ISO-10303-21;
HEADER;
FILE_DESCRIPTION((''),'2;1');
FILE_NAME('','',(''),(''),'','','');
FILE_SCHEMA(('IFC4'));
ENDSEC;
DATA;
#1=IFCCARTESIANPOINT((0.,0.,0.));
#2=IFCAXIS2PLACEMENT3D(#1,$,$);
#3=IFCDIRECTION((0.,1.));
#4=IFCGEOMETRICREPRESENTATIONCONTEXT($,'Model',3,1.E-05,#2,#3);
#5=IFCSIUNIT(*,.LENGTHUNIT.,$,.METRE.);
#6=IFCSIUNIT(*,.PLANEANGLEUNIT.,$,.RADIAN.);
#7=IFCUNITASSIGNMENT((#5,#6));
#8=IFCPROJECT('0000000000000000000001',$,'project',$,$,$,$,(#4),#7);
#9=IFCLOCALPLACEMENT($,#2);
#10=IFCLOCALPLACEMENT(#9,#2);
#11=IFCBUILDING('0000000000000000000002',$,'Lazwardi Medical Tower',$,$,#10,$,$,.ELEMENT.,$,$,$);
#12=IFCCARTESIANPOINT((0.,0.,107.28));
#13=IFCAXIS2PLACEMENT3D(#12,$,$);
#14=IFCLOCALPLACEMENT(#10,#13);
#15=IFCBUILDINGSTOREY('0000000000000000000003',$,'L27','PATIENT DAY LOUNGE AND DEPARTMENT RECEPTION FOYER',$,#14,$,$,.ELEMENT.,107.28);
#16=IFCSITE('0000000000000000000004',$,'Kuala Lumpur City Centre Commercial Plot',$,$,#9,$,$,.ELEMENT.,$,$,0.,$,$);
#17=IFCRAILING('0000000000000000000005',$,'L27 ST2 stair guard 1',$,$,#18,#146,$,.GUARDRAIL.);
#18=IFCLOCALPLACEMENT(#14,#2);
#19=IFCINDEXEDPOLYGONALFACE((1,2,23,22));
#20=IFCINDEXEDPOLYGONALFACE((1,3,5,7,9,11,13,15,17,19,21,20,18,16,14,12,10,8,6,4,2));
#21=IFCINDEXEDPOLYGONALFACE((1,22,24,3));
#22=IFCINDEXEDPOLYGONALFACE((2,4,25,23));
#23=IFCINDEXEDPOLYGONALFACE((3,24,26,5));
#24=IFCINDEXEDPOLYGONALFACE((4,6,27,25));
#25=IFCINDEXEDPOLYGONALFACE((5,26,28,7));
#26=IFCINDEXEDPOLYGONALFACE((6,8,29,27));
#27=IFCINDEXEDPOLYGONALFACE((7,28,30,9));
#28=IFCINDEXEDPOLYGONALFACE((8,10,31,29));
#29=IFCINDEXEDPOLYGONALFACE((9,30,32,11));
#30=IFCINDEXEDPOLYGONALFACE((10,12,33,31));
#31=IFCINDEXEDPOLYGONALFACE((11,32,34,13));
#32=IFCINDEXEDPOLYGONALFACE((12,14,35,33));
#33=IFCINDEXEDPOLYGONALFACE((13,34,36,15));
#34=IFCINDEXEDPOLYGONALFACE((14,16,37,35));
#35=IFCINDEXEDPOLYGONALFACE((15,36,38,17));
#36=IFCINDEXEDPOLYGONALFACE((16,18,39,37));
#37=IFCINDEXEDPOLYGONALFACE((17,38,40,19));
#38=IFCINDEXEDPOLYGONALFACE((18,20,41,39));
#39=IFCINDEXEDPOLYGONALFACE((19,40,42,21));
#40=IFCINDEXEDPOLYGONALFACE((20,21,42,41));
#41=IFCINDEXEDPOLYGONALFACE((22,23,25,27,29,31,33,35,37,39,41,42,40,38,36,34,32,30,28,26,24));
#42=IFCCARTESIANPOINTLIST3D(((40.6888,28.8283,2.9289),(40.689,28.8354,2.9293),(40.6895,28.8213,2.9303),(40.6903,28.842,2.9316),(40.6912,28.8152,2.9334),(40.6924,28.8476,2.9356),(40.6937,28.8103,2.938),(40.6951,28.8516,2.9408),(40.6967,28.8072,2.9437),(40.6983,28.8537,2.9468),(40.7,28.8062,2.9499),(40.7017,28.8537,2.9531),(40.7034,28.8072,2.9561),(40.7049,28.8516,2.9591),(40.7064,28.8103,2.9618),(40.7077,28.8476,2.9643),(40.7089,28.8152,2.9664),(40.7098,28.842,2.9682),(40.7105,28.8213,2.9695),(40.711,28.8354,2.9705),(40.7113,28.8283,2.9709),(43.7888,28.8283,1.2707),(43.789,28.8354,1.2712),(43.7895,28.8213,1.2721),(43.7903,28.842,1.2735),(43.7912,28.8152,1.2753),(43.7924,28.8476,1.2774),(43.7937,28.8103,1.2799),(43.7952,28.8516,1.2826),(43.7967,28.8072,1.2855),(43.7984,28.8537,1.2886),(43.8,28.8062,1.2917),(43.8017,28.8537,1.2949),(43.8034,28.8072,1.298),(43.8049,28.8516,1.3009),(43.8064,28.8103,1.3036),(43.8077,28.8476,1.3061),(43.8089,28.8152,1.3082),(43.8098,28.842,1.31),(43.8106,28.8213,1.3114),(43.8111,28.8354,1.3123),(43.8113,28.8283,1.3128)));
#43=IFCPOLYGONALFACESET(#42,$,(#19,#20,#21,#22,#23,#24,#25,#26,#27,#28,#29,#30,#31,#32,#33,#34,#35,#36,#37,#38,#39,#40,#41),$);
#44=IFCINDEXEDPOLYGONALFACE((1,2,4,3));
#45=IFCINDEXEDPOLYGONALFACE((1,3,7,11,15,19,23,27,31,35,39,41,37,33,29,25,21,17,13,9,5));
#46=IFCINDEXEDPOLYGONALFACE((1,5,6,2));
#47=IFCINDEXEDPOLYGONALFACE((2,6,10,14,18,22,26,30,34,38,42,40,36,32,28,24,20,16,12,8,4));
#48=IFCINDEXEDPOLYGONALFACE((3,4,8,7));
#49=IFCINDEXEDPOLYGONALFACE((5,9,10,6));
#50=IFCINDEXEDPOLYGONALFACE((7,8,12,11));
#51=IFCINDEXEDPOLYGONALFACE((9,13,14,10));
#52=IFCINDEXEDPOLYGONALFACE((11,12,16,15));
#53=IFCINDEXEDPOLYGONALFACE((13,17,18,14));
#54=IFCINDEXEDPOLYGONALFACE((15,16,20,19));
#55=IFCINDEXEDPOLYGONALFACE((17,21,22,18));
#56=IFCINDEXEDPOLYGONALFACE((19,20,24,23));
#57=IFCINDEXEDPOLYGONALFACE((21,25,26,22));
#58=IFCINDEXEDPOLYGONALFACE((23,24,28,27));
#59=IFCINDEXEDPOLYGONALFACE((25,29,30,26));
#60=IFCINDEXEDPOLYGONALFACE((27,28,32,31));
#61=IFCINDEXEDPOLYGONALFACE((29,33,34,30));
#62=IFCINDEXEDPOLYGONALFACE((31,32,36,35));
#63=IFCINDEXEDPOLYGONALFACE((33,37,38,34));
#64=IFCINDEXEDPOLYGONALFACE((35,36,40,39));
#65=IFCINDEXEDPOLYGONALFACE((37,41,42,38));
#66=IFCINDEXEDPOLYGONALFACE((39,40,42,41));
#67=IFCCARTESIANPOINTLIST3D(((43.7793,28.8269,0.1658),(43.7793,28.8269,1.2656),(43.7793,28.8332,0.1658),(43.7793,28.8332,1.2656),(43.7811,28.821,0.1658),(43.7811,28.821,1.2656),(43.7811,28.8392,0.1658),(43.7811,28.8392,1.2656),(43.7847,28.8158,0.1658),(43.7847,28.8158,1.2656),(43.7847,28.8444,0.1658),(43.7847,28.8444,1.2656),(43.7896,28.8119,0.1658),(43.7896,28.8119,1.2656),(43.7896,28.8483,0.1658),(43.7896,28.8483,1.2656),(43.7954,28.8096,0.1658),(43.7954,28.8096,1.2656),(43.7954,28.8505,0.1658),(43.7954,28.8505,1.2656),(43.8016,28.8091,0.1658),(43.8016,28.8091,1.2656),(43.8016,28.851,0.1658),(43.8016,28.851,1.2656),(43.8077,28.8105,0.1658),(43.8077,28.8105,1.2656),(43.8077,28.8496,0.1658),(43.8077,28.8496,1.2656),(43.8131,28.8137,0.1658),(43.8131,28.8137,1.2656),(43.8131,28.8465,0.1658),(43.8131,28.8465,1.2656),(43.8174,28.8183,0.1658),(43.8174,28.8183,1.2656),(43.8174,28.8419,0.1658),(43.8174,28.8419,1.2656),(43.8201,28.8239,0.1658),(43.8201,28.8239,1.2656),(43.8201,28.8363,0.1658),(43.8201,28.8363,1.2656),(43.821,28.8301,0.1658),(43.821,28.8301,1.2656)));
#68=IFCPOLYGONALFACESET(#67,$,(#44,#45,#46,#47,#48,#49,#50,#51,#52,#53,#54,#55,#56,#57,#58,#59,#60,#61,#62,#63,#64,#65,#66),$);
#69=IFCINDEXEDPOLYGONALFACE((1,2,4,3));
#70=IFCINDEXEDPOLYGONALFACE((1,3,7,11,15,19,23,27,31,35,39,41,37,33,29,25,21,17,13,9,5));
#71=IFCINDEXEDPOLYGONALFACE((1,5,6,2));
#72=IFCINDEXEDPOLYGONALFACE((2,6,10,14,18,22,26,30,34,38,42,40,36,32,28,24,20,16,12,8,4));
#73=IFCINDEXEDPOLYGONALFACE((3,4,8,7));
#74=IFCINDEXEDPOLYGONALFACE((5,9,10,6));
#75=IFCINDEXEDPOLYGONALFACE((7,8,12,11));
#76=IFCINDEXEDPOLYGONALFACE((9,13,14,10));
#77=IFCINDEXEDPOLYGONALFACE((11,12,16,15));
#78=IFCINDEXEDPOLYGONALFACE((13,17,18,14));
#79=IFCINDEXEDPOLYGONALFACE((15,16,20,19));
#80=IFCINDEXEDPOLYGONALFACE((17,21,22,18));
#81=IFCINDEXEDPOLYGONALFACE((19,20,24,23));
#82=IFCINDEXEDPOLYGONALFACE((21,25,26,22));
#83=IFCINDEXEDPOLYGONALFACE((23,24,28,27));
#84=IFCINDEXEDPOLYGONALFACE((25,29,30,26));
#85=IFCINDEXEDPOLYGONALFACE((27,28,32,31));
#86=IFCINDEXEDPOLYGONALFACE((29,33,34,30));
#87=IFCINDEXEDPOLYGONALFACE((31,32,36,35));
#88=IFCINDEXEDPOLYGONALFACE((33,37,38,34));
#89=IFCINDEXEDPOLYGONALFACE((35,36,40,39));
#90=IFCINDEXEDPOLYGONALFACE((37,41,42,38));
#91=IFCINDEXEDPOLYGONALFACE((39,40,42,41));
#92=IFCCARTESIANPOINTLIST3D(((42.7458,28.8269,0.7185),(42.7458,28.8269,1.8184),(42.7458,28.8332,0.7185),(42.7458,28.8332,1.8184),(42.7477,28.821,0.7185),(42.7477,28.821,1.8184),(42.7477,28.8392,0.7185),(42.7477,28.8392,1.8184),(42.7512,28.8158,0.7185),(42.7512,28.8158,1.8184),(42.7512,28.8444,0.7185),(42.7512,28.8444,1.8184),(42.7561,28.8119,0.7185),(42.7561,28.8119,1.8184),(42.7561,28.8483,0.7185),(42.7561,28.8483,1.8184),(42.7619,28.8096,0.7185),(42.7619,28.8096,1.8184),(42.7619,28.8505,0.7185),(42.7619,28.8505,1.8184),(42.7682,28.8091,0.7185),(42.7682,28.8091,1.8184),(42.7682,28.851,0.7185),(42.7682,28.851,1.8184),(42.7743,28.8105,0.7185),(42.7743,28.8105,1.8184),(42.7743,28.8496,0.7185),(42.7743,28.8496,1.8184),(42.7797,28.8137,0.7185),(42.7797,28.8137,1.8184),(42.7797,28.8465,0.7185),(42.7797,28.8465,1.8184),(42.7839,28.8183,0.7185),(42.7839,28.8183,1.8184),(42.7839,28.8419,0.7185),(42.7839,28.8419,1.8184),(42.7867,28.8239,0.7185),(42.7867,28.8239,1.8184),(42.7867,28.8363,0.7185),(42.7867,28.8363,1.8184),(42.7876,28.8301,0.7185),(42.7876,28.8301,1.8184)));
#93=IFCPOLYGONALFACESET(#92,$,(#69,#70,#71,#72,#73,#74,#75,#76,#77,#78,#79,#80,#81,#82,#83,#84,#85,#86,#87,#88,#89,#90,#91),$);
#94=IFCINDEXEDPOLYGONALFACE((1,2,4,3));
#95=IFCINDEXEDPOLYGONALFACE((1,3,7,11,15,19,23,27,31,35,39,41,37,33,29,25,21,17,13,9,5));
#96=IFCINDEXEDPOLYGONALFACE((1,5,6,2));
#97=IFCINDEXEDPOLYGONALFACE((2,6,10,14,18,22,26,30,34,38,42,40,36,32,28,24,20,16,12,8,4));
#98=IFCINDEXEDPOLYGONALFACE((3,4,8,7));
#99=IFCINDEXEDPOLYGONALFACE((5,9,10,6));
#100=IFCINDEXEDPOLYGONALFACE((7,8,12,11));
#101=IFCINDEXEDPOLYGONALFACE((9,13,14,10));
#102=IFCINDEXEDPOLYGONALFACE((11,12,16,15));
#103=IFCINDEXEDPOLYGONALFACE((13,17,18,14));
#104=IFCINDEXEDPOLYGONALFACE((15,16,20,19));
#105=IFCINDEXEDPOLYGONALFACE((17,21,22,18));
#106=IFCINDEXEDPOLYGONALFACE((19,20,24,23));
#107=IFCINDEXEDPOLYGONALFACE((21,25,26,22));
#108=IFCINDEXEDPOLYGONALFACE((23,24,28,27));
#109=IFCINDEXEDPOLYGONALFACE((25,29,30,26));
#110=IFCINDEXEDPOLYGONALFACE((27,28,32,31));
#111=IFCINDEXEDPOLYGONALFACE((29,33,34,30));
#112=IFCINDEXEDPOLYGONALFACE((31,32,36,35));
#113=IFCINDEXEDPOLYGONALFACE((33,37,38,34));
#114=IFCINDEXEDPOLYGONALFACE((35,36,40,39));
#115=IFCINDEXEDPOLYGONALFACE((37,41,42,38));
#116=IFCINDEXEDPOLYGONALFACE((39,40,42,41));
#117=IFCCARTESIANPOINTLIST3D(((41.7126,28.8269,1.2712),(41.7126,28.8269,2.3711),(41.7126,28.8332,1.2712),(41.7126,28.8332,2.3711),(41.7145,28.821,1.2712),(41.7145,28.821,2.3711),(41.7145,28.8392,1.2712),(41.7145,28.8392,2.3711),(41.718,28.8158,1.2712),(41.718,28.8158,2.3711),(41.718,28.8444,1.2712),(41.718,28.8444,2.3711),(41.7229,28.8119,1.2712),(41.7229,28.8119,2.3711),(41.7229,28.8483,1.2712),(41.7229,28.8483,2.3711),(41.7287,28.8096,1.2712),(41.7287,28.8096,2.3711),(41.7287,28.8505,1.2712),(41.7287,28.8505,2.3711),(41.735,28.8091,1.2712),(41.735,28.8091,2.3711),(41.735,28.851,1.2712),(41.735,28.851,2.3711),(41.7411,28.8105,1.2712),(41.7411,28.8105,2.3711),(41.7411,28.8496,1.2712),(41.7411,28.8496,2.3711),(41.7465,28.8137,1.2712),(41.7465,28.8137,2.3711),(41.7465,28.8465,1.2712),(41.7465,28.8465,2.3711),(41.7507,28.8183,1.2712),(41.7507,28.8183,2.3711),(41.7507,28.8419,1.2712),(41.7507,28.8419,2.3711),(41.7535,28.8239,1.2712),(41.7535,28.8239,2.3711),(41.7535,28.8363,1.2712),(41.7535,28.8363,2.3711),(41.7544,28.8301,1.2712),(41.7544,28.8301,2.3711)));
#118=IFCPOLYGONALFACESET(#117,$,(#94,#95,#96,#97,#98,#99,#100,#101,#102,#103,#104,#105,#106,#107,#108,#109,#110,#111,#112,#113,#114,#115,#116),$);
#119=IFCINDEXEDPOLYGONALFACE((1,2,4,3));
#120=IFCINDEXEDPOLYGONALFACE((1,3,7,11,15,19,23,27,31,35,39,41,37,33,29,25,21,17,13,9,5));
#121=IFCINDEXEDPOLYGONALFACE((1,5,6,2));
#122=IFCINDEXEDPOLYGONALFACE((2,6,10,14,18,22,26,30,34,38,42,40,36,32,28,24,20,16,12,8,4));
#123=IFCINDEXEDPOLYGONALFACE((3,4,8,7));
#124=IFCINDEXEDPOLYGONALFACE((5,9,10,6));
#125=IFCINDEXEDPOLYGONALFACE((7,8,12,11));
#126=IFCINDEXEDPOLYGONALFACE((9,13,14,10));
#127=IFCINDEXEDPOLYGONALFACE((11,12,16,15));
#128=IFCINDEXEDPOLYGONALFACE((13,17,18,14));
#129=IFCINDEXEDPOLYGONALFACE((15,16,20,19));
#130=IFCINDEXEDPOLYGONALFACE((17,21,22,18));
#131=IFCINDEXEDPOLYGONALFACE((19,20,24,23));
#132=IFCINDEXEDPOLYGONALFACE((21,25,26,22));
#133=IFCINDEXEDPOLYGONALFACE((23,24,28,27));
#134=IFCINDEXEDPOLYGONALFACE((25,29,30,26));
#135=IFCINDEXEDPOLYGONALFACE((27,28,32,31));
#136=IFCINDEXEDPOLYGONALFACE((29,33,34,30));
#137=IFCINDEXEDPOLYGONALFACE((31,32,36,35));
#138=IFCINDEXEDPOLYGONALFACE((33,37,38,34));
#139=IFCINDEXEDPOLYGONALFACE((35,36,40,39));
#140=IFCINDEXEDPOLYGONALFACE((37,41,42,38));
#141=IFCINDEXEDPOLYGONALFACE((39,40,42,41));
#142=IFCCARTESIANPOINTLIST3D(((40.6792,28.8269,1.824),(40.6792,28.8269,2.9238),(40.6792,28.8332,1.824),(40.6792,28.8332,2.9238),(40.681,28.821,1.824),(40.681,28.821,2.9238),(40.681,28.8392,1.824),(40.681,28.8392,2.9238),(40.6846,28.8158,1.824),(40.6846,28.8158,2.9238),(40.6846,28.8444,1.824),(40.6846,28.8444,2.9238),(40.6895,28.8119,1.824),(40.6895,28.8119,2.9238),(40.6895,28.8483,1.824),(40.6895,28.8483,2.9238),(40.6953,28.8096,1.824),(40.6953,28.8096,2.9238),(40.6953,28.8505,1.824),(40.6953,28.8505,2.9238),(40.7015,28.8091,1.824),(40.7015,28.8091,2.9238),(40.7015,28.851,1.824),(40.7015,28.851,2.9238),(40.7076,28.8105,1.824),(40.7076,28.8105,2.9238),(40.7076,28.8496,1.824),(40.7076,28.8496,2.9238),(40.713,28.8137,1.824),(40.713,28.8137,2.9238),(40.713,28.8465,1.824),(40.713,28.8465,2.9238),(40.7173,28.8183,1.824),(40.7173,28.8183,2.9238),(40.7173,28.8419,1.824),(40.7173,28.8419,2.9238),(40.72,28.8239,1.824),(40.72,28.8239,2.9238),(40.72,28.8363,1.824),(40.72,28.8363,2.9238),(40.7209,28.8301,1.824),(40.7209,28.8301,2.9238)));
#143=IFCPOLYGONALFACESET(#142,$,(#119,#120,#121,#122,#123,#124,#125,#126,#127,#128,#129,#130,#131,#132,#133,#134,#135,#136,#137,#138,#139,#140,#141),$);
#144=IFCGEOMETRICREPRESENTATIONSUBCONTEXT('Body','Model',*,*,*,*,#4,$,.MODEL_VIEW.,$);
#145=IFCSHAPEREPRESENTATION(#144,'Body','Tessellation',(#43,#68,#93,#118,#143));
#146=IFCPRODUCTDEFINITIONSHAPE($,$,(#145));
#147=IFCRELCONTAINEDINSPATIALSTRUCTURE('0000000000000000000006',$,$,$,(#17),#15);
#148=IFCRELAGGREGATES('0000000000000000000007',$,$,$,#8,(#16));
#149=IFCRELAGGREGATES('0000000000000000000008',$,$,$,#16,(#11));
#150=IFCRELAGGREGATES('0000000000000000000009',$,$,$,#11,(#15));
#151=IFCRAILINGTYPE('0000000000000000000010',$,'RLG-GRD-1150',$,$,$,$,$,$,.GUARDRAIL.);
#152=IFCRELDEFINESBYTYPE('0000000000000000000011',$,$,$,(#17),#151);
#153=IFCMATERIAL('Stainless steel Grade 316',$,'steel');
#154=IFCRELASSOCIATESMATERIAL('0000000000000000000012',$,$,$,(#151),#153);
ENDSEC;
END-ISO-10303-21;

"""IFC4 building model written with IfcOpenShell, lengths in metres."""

from ifc_helpers import new_model, si_unit, direction, frame, origin, origin_2d, place, context, subcontext, project, spatial, circle, extrude, material, type_object, element, save


model = new_model("IFC4")

# Units and contexts
model_context = context("Model", 3, precision=1e-05, world=origin(), true_north=direction((0.0, 1.0)))
body_context = subcontext(model_context, "Body", "Model", "MODEL_VIEW")
ifc_project = project(units=[si_unit("LENGTHUNIT", "METRE"), si_unit("PLANEANGLEUNIT", "RADIAN")], contexts=[model_context])

# Site, building, storey
site_placement = place(None, origin())
site = spatial("IfcSite", under=ifc_project, at=site_placement, Name="Kuala Lumpur City Centre Commercial Plot", CompositionType="ELEMENT", RefElevation=0.0)
building_placement = place(site_placement, origin())
building = spatial("IfcBuilding", under=site, at=building_placement, Name="Lazwardi Medical Tower", CompositionType="ELEMENT")
storey_placement = place(building_placement, frame((0.0, 0.0, 107.28)))
storey = spatial("IfcBuildingStorey", under=building, at=storey_placement, Name="L27", Description="PATIENT DAY LOUNGE AND DEPARTMENT RECEPTION FOYER", CompositionType="ELEMENT", Elevation=107.28)

# Railing
ifc_material_1 = material(Name="Stainless steel Grade 316", Category="steel")
railing_type_1 = type_object("IfcRailingType", Name="RLG-GRD-1150", PredefinedType="GUARDRAIL", material=ifc_material_1)
railing_1_placement = place(storey_placement, frame((43.8, 28.8301, 0.1658)))
element("IfcRailing", 1, at=railing_1_placement, inside=storey, type_object=railing_type_1, Name="L27 ST2 stair guard 1", PredefinedType="GUARDRAIL", context=body_context, shape_type="SweptSolid", body=[
    extrude(circle(Radius=0.0239, at=origin_2d()), frame((0.0, 0.0, 1.126), z_axis=(-0.881783, 0.0, 0.471655), x_axis=(0.0, -1.0, 0.0)), (0.0, 0.0, 1.0), 3.5156),
    extrude(circle(Radius=0.021, at=origin_2d()), origin(), (0.0, 0.0, 1.0), 1.0999),
    extrude(circle(Radius=0.021, at=origin_2d()), frame((-1.0334, 0.0, 0.5527)), (0.0, 0.0, 1.0), 1.0999),
    extrude(circle(Radius=0.021, at=origin_2d()), frame((-2.0667, 0.0, 1.1055)), (0.0, 0.0, 1.0), 1.0999),
    extrude(circle(Radius=0.021, at=origin_2d()), frame((-3.1001, 0.0, 1.6582)), (0.0, 0.0, 1.0), 1.0999),
])

save(model, "model.ifc")
